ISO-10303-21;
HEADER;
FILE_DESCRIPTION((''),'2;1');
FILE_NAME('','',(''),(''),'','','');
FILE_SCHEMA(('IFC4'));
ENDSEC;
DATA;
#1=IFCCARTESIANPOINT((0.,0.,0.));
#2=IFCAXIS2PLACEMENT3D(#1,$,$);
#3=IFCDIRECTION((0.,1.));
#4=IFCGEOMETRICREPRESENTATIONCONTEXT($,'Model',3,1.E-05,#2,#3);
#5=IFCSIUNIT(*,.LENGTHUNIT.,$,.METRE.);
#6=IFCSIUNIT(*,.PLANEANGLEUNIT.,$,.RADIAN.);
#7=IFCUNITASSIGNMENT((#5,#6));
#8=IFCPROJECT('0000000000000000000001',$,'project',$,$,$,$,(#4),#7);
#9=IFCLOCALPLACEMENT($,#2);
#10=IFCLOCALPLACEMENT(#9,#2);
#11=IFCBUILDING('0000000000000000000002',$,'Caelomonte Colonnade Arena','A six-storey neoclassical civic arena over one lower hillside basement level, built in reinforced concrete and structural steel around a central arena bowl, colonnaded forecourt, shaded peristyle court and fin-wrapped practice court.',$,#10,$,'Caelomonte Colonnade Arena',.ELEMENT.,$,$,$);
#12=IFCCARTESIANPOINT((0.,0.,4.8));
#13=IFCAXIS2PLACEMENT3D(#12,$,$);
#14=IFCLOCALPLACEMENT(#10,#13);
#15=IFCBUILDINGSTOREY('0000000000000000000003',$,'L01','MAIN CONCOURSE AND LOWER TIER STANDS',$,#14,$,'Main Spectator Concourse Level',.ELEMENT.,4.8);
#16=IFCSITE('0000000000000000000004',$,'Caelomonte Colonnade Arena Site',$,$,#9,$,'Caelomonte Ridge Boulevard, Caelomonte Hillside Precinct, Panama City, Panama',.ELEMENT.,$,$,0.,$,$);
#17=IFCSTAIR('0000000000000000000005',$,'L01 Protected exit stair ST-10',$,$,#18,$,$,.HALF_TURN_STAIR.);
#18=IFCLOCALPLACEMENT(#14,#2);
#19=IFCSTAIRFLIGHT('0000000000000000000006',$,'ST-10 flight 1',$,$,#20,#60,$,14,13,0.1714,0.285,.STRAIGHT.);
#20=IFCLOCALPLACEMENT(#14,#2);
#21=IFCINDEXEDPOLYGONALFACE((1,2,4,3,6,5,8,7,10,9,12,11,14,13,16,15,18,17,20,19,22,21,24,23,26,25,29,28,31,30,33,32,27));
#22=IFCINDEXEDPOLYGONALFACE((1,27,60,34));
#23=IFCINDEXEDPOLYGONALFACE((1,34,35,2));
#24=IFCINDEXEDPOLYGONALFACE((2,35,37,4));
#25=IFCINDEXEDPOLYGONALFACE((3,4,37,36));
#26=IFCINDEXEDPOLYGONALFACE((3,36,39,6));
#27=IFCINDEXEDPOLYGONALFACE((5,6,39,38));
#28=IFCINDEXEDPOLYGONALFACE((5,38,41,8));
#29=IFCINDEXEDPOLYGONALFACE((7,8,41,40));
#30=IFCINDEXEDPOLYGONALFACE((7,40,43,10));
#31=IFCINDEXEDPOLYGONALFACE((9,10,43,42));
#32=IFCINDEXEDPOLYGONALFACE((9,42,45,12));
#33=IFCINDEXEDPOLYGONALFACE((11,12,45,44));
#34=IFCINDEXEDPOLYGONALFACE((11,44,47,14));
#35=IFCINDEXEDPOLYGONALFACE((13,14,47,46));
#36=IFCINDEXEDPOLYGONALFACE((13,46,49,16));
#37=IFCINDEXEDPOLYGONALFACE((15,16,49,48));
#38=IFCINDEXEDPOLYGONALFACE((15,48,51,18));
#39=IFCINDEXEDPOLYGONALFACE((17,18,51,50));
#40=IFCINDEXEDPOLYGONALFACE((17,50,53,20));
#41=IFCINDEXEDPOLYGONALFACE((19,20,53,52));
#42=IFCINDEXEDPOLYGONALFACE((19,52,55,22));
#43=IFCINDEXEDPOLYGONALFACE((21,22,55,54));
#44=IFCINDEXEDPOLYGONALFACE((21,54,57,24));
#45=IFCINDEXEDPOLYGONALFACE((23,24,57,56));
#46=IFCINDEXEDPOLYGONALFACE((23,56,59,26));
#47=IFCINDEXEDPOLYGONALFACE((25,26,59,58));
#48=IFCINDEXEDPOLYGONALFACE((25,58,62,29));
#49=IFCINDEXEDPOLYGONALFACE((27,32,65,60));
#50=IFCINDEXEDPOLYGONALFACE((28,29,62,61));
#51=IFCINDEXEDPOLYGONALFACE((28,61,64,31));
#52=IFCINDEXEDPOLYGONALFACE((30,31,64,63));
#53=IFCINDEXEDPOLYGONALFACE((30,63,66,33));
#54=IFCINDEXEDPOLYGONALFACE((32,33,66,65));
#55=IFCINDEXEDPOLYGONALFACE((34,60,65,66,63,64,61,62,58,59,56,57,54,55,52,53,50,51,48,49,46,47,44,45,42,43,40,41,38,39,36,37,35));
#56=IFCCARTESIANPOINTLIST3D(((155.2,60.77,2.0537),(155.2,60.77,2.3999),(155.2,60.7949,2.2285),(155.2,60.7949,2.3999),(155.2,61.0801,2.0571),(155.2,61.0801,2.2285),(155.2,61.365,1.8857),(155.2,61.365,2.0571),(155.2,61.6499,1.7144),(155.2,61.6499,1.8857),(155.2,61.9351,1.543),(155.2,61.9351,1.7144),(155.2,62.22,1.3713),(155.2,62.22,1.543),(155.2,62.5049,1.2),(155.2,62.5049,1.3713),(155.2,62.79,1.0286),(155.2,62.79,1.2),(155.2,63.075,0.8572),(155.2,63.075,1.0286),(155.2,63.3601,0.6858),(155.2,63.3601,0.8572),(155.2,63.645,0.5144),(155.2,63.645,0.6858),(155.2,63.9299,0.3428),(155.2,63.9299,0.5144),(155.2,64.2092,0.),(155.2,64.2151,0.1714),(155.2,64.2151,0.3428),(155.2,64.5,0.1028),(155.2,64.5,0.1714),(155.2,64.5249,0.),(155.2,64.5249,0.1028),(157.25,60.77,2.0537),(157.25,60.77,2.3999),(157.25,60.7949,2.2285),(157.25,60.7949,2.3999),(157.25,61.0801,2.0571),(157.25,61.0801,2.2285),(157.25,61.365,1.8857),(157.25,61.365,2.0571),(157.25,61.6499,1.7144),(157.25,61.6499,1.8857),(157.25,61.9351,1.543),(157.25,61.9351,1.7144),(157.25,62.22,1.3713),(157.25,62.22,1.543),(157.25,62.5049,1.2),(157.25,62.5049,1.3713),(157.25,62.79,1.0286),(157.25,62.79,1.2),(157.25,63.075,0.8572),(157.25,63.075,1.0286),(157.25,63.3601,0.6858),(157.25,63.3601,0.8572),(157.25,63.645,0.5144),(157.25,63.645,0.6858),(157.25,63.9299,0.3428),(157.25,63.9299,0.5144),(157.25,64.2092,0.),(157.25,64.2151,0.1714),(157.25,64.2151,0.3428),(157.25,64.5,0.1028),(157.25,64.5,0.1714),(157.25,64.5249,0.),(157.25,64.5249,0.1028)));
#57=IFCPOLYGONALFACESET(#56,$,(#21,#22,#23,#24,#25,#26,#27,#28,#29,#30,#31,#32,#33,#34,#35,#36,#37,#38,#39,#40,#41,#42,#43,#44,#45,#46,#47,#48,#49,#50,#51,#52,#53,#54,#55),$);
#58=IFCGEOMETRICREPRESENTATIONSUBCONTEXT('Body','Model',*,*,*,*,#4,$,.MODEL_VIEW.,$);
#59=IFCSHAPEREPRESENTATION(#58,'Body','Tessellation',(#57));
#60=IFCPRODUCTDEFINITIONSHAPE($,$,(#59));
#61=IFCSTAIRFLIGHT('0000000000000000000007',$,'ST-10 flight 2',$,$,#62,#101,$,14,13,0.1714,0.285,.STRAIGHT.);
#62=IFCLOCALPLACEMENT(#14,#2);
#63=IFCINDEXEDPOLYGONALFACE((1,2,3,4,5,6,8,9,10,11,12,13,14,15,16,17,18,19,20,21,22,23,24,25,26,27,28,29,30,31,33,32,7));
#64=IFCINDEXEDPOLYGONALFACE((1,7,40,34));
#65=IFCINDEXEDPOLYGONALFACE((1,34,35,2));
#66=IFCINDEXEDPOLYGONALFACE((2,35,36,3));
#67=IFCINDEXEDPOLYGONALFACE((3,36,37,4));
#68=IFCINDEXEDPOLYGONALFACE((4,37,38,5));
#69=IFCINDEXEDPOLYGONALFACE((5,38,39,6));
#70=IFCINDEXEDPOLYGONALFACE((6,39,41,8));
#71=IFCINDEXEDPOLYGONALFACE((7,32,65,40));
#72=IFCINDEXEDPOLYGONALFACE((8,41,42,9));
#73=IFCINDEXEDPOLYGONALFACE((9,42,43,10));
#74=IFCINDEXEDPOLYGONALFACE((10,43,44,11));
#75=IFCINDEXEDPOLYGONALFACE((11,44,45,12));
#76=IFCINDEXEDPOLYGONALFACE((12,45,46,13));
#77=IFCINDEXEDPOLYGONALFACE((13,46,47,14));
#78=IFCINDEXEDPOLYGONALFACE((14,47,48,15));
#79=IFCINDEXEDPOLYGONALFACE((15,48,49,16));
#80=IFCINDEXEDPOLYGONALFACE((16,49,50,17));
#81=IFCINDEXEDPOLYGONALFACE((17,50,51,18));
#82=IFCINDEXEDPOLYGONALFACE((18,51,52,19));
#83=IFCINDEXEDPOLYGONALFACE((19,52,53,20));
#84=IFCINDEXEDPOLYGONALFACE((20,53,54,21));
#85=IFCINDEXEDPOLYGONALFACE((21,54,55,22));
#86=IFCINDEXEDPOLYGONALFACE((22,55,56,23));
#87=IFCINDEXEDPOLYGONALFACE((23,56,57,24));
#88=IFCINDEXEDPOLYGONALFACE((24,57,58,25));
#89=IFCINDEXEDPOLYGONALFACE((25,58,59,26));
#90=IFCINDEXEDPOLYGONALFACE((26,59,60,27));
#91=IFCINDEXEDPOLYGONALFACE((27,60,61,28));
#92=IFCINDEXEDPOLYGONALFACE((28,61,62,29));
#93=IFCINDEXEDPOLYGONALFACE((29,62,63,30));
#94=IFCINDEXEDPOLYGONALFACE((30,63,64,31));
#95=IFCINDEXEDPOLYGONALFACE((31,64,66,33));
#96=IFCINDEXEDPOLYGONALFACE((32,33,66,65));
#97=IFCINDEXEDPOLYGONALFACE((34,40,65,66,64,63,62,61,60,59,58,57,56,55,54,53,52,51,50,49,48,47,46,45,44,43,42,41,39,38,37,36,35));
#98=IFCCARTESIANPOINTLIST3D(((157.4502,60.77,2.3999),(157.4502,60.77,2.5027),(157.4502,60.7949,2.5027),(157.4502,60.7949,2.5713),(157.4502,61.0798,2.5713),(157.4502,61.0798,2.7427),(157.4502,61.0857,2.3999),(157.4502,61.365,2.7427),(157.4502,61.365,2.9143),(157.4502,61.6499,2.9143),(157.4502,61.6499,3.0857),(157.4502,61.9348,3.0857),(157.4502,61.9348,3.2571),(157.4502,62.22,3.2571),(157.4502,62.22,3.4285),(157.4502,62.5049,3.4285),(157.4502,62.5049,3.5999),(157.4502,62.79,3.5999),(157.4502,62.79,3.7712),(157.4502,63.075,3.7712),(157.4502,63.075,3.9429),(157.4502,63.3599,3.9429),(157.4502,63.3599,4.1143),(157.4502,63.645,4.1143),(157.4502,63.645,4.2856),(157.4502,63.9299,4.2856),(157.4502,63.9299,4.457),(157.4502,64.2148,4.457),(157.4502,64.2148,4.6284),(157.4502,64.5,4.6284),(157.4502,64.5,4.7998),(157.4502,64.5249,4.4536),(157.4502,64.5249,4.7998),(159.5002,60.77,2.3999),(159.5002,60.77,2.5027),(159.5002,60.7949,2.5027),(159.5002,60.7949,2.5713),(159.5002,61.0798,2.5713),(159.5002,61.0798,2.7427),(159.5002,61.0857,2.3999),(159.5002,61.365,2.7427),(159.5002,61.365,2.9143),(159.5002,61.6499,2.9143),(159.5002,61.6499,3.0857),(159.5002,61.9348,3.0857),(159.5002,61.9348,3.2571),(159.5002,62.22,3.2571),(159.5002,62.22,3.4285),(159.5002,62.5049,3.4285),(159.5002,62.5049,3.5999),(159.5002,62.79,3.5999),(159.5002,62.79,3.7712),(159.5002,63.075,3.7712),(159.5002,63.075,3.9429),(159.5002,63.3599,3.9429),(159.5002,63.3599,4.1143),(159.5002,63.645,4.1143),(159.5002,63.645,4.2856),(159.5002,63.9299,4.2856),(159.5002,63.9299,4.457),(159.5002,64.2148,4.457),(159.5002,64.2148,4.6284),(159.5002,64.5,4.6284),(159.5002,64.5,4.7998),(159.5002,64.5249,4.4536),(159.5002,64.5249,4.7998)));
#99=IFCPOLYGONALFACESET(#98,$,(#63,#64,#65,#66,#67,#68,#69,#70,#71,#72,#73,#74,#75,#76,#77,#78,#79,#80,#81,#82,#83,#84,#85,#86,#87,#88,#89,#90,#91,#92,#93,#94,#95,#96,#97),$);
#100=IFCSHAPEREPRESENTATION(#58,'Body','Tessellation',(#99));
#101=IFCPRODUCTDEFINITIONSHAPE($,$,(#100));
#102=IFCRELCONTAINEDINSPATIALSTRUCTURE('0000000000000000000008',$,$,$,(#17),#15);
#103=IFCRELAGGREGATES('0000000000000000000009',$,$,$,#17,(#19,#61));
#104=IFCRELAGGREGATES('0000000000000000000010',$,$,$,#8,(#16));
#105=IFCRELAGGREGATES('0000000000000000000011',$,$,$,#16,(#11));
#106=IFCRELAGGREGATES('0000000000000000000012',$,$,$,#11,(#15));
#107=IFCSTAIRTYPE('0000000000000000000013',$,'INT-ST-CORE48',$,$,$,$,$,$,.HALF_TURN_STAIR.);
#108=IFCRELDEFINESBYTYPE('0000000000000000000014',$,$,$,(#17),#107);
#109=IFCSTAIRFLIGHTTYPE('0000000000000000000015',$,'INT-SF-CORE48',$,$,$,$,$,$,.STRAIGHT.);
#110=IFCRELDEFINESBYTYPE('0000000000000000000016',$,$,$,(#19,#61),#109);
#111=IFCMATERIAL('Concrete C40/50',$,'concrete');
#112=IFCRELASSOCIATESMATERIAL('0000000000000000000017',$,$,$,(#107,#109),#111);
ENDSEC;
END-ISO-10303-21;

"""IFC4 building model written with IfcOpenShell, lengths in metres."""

from ifc_helpers import new_model, si_unit, direction, frame, origin, place, context, subcontext, project, spatial, polyline, outline, extrude, material, type_object, element, aggregate, save


model = new_model("IFC4")

# Units and contexts
model_context = context("Model", 3, precision=1e-05, world=origin(), true_north=direction((0.0, 1.0)))
body_context = subcontext(model_context, "Body", "Model", "MODEL_VIEW")
ifc_project = project(units=[si_unit("LENGTHUNIT", "METRE"), si_unit("PLANEANGLEUNIT", "RADIAN")], contexts=[model_context])

# Site, building, storey
site_placement = place(None, origin())
site = spatial("IfcSite", under=ifc_project, at=site_placement, Name="Caelomonte Colonnade Arena Site", LongName="Caelomonte Ridge Boulevard, Caelomonte Hillside Precinct, Panama City, Panama", CompositionType="ELEMENT", RefElevation=0.0)
building_placement = place(site_placement, origin())
building = spatial("IfcBuilding", under=site, at=building_placement, Name="Caelomonte Colonnade Arena", Description="A six-storey neoclassical civic arena over one lower hillside basement level, built in reinforced concrete and structural steel around a central arena bowl, colonnaded forecourt, shaded peristyle court and fin-wrapped practice court.", LongName="Caelomonte Colonnade Arena", CompositionType="ELEMENT")
storey_placement = place(building_placement, frame((0.0, 0.0, 4.8)))
storey = spatial("IfcBuildingStorey", under=building, at=storey_placement, Name="L01", Description="MAIN CONCOURSE AND LOWER TIER STANDS", LongName="Main Spectator Concourse Level", CompositionType="ELEMENT", Elevation=4.8)

# Shared definitions
ifc_material_1 = material(Name="Concrete C40/50", Category="concrete")

# Stair, stair flights
stair_type = type_object("IfcStairType", Name="INT-ST-CORE48", PredefinedType="HALF_TURN_STAIR", material=ifc_material_1)
stair_placement = place(storey_placement, origin())
stair = element("IfcStair", 1, at=stair_placement, inside=storey, type_object=stair_type, Name="L01 Protected exit stair ST-10", PredefinedType="HALF_TURN_STAIR")
stair_flight_type = type_object("IfcStairFlightType", Name="INT-SF-CORE48", PredefinedType="STRAIGHT", material=ifc_material_1)
stair_flight_1_placement = place(storey_placement, frame((156.2251, 64.5, 0.0), z_axis=(0.0, 0.0, 1.0), x_axis=(0.0, -1.0, 0.0)))
stair_flight_1 = element("IfcStairFlight", 2, at=stair_flight_1_placement, type_object=stair_flight_type, Name="ST-10 flight 1", NumberOfRisers=14, NumberOfTreads=13, PredefinedType="STRAIGHT", RiserHeight=0.1714, TreadLength=0.285, context=body_context, shape_type="SweptSolid", body=[
    extrude(outline(polyline([(-0.0249, 0.0), (-0.0249, 0.1028), (0.0, 0.1028), (0.0, 0.1714), (0.2849, 0.1714), (0.2849, 0.3428), (0.5701, 0.3428), (0.5701, 0.5144), (0.855, 0.5144), (0.855, 0.6858), (1.1399, 0.6858), (1.1399, 0.8572), (1.425, 0.8572), (1.425, 1.0286), (1.71, 1.0286), (1.71, 1.2), (1.9951, 1.2), (1.9951, 1.3713), (2.28, 1.3713), (2.28, 1.543), (2.5649, 1.543), (2.5649, 1.7144), (2.8501, 1.7144), (2.8501, 1.8857), (3.135, 1.8857), (3.135, 2.0571), (3.4199, 2.0571), (3.4199, 2.2285), (3.7051, 2.2285), (3.7051, 2.3999), (3.73, 2.3999), (3.73, 2.0537), (0.2908, 0.0), (-0.0249, 0.0)])), frame((0.0, 1.0249, 0.0), z_axis=(0.0, -1.0, 0.0), x_axis=(1.0, 0.0, 0.0)), (0.0, 0.0, 1.0), 2.05),
])
stair_flight_2_placement = place(storey_placement, frame((158.4751, 60.7949, 2.3999), z_axis=(0.0, 0.0, 1.0), x_axis=(0.0, 1.0, 0.0)))
stair_flight_2 = element("IfcStairFlight", 3, at=stair_flight_2_placement, type_object=stair_flight_type, Name="ST-10 flight 2", NumberOfRisers=14, NumberOfTreads=13, PredefinedType="STRAIGHT", RiserHeight=0.1714, TreadLength=0.285, context=body_context, shape_type="SweptSolid", body=[
    extrude(outline(polyline([(-0.0249, 0.0), (-0.0249, 0.1028), (0.0, 0.1028), (0.0, 0.1714), (0.2849, 0.1714), (0.2849, 0.3428), (0.5701, 0.3428), (0.5701, 0.5144), (0.855, 0.5144), (0.855, 0.6858), (1.1399, 0.6858), (1.1399, 0.8572), (1.425, 0.8572), (1.425, 1.0286), (1.71, 1.0286), (1.71, 1.2), (1.9951, 1.2), (1.9951, 1.3713), (2.28, 1.3713), (2.28, 1.543), (2.5649, 1.543), (2.5649, 1.7144), (2.8501, 1.7144), (2.8501, 1.8857), (3.135, 1.8857), (3.135, 2.0571), (3.4199, 2.0571), (3.4199, 2.2285), (3.7051, 2.2285), (3.7051, 2.3999), (3.73, 2.3999), (3.73, 2.0537), (0.2908, 0.0), (-0.0249, 0.0)])), frame((0.0, 1.0249, 0.0), z_axis=(0.0, -1.0, 0.0), x_axis=(1.0, 0.0, 0.0)), (0.0, 0.0, 1.0), 2.05),
])
aggregate(stair, [stair_flight_1, stair_flight_2])

save(model, "model.ifc")
